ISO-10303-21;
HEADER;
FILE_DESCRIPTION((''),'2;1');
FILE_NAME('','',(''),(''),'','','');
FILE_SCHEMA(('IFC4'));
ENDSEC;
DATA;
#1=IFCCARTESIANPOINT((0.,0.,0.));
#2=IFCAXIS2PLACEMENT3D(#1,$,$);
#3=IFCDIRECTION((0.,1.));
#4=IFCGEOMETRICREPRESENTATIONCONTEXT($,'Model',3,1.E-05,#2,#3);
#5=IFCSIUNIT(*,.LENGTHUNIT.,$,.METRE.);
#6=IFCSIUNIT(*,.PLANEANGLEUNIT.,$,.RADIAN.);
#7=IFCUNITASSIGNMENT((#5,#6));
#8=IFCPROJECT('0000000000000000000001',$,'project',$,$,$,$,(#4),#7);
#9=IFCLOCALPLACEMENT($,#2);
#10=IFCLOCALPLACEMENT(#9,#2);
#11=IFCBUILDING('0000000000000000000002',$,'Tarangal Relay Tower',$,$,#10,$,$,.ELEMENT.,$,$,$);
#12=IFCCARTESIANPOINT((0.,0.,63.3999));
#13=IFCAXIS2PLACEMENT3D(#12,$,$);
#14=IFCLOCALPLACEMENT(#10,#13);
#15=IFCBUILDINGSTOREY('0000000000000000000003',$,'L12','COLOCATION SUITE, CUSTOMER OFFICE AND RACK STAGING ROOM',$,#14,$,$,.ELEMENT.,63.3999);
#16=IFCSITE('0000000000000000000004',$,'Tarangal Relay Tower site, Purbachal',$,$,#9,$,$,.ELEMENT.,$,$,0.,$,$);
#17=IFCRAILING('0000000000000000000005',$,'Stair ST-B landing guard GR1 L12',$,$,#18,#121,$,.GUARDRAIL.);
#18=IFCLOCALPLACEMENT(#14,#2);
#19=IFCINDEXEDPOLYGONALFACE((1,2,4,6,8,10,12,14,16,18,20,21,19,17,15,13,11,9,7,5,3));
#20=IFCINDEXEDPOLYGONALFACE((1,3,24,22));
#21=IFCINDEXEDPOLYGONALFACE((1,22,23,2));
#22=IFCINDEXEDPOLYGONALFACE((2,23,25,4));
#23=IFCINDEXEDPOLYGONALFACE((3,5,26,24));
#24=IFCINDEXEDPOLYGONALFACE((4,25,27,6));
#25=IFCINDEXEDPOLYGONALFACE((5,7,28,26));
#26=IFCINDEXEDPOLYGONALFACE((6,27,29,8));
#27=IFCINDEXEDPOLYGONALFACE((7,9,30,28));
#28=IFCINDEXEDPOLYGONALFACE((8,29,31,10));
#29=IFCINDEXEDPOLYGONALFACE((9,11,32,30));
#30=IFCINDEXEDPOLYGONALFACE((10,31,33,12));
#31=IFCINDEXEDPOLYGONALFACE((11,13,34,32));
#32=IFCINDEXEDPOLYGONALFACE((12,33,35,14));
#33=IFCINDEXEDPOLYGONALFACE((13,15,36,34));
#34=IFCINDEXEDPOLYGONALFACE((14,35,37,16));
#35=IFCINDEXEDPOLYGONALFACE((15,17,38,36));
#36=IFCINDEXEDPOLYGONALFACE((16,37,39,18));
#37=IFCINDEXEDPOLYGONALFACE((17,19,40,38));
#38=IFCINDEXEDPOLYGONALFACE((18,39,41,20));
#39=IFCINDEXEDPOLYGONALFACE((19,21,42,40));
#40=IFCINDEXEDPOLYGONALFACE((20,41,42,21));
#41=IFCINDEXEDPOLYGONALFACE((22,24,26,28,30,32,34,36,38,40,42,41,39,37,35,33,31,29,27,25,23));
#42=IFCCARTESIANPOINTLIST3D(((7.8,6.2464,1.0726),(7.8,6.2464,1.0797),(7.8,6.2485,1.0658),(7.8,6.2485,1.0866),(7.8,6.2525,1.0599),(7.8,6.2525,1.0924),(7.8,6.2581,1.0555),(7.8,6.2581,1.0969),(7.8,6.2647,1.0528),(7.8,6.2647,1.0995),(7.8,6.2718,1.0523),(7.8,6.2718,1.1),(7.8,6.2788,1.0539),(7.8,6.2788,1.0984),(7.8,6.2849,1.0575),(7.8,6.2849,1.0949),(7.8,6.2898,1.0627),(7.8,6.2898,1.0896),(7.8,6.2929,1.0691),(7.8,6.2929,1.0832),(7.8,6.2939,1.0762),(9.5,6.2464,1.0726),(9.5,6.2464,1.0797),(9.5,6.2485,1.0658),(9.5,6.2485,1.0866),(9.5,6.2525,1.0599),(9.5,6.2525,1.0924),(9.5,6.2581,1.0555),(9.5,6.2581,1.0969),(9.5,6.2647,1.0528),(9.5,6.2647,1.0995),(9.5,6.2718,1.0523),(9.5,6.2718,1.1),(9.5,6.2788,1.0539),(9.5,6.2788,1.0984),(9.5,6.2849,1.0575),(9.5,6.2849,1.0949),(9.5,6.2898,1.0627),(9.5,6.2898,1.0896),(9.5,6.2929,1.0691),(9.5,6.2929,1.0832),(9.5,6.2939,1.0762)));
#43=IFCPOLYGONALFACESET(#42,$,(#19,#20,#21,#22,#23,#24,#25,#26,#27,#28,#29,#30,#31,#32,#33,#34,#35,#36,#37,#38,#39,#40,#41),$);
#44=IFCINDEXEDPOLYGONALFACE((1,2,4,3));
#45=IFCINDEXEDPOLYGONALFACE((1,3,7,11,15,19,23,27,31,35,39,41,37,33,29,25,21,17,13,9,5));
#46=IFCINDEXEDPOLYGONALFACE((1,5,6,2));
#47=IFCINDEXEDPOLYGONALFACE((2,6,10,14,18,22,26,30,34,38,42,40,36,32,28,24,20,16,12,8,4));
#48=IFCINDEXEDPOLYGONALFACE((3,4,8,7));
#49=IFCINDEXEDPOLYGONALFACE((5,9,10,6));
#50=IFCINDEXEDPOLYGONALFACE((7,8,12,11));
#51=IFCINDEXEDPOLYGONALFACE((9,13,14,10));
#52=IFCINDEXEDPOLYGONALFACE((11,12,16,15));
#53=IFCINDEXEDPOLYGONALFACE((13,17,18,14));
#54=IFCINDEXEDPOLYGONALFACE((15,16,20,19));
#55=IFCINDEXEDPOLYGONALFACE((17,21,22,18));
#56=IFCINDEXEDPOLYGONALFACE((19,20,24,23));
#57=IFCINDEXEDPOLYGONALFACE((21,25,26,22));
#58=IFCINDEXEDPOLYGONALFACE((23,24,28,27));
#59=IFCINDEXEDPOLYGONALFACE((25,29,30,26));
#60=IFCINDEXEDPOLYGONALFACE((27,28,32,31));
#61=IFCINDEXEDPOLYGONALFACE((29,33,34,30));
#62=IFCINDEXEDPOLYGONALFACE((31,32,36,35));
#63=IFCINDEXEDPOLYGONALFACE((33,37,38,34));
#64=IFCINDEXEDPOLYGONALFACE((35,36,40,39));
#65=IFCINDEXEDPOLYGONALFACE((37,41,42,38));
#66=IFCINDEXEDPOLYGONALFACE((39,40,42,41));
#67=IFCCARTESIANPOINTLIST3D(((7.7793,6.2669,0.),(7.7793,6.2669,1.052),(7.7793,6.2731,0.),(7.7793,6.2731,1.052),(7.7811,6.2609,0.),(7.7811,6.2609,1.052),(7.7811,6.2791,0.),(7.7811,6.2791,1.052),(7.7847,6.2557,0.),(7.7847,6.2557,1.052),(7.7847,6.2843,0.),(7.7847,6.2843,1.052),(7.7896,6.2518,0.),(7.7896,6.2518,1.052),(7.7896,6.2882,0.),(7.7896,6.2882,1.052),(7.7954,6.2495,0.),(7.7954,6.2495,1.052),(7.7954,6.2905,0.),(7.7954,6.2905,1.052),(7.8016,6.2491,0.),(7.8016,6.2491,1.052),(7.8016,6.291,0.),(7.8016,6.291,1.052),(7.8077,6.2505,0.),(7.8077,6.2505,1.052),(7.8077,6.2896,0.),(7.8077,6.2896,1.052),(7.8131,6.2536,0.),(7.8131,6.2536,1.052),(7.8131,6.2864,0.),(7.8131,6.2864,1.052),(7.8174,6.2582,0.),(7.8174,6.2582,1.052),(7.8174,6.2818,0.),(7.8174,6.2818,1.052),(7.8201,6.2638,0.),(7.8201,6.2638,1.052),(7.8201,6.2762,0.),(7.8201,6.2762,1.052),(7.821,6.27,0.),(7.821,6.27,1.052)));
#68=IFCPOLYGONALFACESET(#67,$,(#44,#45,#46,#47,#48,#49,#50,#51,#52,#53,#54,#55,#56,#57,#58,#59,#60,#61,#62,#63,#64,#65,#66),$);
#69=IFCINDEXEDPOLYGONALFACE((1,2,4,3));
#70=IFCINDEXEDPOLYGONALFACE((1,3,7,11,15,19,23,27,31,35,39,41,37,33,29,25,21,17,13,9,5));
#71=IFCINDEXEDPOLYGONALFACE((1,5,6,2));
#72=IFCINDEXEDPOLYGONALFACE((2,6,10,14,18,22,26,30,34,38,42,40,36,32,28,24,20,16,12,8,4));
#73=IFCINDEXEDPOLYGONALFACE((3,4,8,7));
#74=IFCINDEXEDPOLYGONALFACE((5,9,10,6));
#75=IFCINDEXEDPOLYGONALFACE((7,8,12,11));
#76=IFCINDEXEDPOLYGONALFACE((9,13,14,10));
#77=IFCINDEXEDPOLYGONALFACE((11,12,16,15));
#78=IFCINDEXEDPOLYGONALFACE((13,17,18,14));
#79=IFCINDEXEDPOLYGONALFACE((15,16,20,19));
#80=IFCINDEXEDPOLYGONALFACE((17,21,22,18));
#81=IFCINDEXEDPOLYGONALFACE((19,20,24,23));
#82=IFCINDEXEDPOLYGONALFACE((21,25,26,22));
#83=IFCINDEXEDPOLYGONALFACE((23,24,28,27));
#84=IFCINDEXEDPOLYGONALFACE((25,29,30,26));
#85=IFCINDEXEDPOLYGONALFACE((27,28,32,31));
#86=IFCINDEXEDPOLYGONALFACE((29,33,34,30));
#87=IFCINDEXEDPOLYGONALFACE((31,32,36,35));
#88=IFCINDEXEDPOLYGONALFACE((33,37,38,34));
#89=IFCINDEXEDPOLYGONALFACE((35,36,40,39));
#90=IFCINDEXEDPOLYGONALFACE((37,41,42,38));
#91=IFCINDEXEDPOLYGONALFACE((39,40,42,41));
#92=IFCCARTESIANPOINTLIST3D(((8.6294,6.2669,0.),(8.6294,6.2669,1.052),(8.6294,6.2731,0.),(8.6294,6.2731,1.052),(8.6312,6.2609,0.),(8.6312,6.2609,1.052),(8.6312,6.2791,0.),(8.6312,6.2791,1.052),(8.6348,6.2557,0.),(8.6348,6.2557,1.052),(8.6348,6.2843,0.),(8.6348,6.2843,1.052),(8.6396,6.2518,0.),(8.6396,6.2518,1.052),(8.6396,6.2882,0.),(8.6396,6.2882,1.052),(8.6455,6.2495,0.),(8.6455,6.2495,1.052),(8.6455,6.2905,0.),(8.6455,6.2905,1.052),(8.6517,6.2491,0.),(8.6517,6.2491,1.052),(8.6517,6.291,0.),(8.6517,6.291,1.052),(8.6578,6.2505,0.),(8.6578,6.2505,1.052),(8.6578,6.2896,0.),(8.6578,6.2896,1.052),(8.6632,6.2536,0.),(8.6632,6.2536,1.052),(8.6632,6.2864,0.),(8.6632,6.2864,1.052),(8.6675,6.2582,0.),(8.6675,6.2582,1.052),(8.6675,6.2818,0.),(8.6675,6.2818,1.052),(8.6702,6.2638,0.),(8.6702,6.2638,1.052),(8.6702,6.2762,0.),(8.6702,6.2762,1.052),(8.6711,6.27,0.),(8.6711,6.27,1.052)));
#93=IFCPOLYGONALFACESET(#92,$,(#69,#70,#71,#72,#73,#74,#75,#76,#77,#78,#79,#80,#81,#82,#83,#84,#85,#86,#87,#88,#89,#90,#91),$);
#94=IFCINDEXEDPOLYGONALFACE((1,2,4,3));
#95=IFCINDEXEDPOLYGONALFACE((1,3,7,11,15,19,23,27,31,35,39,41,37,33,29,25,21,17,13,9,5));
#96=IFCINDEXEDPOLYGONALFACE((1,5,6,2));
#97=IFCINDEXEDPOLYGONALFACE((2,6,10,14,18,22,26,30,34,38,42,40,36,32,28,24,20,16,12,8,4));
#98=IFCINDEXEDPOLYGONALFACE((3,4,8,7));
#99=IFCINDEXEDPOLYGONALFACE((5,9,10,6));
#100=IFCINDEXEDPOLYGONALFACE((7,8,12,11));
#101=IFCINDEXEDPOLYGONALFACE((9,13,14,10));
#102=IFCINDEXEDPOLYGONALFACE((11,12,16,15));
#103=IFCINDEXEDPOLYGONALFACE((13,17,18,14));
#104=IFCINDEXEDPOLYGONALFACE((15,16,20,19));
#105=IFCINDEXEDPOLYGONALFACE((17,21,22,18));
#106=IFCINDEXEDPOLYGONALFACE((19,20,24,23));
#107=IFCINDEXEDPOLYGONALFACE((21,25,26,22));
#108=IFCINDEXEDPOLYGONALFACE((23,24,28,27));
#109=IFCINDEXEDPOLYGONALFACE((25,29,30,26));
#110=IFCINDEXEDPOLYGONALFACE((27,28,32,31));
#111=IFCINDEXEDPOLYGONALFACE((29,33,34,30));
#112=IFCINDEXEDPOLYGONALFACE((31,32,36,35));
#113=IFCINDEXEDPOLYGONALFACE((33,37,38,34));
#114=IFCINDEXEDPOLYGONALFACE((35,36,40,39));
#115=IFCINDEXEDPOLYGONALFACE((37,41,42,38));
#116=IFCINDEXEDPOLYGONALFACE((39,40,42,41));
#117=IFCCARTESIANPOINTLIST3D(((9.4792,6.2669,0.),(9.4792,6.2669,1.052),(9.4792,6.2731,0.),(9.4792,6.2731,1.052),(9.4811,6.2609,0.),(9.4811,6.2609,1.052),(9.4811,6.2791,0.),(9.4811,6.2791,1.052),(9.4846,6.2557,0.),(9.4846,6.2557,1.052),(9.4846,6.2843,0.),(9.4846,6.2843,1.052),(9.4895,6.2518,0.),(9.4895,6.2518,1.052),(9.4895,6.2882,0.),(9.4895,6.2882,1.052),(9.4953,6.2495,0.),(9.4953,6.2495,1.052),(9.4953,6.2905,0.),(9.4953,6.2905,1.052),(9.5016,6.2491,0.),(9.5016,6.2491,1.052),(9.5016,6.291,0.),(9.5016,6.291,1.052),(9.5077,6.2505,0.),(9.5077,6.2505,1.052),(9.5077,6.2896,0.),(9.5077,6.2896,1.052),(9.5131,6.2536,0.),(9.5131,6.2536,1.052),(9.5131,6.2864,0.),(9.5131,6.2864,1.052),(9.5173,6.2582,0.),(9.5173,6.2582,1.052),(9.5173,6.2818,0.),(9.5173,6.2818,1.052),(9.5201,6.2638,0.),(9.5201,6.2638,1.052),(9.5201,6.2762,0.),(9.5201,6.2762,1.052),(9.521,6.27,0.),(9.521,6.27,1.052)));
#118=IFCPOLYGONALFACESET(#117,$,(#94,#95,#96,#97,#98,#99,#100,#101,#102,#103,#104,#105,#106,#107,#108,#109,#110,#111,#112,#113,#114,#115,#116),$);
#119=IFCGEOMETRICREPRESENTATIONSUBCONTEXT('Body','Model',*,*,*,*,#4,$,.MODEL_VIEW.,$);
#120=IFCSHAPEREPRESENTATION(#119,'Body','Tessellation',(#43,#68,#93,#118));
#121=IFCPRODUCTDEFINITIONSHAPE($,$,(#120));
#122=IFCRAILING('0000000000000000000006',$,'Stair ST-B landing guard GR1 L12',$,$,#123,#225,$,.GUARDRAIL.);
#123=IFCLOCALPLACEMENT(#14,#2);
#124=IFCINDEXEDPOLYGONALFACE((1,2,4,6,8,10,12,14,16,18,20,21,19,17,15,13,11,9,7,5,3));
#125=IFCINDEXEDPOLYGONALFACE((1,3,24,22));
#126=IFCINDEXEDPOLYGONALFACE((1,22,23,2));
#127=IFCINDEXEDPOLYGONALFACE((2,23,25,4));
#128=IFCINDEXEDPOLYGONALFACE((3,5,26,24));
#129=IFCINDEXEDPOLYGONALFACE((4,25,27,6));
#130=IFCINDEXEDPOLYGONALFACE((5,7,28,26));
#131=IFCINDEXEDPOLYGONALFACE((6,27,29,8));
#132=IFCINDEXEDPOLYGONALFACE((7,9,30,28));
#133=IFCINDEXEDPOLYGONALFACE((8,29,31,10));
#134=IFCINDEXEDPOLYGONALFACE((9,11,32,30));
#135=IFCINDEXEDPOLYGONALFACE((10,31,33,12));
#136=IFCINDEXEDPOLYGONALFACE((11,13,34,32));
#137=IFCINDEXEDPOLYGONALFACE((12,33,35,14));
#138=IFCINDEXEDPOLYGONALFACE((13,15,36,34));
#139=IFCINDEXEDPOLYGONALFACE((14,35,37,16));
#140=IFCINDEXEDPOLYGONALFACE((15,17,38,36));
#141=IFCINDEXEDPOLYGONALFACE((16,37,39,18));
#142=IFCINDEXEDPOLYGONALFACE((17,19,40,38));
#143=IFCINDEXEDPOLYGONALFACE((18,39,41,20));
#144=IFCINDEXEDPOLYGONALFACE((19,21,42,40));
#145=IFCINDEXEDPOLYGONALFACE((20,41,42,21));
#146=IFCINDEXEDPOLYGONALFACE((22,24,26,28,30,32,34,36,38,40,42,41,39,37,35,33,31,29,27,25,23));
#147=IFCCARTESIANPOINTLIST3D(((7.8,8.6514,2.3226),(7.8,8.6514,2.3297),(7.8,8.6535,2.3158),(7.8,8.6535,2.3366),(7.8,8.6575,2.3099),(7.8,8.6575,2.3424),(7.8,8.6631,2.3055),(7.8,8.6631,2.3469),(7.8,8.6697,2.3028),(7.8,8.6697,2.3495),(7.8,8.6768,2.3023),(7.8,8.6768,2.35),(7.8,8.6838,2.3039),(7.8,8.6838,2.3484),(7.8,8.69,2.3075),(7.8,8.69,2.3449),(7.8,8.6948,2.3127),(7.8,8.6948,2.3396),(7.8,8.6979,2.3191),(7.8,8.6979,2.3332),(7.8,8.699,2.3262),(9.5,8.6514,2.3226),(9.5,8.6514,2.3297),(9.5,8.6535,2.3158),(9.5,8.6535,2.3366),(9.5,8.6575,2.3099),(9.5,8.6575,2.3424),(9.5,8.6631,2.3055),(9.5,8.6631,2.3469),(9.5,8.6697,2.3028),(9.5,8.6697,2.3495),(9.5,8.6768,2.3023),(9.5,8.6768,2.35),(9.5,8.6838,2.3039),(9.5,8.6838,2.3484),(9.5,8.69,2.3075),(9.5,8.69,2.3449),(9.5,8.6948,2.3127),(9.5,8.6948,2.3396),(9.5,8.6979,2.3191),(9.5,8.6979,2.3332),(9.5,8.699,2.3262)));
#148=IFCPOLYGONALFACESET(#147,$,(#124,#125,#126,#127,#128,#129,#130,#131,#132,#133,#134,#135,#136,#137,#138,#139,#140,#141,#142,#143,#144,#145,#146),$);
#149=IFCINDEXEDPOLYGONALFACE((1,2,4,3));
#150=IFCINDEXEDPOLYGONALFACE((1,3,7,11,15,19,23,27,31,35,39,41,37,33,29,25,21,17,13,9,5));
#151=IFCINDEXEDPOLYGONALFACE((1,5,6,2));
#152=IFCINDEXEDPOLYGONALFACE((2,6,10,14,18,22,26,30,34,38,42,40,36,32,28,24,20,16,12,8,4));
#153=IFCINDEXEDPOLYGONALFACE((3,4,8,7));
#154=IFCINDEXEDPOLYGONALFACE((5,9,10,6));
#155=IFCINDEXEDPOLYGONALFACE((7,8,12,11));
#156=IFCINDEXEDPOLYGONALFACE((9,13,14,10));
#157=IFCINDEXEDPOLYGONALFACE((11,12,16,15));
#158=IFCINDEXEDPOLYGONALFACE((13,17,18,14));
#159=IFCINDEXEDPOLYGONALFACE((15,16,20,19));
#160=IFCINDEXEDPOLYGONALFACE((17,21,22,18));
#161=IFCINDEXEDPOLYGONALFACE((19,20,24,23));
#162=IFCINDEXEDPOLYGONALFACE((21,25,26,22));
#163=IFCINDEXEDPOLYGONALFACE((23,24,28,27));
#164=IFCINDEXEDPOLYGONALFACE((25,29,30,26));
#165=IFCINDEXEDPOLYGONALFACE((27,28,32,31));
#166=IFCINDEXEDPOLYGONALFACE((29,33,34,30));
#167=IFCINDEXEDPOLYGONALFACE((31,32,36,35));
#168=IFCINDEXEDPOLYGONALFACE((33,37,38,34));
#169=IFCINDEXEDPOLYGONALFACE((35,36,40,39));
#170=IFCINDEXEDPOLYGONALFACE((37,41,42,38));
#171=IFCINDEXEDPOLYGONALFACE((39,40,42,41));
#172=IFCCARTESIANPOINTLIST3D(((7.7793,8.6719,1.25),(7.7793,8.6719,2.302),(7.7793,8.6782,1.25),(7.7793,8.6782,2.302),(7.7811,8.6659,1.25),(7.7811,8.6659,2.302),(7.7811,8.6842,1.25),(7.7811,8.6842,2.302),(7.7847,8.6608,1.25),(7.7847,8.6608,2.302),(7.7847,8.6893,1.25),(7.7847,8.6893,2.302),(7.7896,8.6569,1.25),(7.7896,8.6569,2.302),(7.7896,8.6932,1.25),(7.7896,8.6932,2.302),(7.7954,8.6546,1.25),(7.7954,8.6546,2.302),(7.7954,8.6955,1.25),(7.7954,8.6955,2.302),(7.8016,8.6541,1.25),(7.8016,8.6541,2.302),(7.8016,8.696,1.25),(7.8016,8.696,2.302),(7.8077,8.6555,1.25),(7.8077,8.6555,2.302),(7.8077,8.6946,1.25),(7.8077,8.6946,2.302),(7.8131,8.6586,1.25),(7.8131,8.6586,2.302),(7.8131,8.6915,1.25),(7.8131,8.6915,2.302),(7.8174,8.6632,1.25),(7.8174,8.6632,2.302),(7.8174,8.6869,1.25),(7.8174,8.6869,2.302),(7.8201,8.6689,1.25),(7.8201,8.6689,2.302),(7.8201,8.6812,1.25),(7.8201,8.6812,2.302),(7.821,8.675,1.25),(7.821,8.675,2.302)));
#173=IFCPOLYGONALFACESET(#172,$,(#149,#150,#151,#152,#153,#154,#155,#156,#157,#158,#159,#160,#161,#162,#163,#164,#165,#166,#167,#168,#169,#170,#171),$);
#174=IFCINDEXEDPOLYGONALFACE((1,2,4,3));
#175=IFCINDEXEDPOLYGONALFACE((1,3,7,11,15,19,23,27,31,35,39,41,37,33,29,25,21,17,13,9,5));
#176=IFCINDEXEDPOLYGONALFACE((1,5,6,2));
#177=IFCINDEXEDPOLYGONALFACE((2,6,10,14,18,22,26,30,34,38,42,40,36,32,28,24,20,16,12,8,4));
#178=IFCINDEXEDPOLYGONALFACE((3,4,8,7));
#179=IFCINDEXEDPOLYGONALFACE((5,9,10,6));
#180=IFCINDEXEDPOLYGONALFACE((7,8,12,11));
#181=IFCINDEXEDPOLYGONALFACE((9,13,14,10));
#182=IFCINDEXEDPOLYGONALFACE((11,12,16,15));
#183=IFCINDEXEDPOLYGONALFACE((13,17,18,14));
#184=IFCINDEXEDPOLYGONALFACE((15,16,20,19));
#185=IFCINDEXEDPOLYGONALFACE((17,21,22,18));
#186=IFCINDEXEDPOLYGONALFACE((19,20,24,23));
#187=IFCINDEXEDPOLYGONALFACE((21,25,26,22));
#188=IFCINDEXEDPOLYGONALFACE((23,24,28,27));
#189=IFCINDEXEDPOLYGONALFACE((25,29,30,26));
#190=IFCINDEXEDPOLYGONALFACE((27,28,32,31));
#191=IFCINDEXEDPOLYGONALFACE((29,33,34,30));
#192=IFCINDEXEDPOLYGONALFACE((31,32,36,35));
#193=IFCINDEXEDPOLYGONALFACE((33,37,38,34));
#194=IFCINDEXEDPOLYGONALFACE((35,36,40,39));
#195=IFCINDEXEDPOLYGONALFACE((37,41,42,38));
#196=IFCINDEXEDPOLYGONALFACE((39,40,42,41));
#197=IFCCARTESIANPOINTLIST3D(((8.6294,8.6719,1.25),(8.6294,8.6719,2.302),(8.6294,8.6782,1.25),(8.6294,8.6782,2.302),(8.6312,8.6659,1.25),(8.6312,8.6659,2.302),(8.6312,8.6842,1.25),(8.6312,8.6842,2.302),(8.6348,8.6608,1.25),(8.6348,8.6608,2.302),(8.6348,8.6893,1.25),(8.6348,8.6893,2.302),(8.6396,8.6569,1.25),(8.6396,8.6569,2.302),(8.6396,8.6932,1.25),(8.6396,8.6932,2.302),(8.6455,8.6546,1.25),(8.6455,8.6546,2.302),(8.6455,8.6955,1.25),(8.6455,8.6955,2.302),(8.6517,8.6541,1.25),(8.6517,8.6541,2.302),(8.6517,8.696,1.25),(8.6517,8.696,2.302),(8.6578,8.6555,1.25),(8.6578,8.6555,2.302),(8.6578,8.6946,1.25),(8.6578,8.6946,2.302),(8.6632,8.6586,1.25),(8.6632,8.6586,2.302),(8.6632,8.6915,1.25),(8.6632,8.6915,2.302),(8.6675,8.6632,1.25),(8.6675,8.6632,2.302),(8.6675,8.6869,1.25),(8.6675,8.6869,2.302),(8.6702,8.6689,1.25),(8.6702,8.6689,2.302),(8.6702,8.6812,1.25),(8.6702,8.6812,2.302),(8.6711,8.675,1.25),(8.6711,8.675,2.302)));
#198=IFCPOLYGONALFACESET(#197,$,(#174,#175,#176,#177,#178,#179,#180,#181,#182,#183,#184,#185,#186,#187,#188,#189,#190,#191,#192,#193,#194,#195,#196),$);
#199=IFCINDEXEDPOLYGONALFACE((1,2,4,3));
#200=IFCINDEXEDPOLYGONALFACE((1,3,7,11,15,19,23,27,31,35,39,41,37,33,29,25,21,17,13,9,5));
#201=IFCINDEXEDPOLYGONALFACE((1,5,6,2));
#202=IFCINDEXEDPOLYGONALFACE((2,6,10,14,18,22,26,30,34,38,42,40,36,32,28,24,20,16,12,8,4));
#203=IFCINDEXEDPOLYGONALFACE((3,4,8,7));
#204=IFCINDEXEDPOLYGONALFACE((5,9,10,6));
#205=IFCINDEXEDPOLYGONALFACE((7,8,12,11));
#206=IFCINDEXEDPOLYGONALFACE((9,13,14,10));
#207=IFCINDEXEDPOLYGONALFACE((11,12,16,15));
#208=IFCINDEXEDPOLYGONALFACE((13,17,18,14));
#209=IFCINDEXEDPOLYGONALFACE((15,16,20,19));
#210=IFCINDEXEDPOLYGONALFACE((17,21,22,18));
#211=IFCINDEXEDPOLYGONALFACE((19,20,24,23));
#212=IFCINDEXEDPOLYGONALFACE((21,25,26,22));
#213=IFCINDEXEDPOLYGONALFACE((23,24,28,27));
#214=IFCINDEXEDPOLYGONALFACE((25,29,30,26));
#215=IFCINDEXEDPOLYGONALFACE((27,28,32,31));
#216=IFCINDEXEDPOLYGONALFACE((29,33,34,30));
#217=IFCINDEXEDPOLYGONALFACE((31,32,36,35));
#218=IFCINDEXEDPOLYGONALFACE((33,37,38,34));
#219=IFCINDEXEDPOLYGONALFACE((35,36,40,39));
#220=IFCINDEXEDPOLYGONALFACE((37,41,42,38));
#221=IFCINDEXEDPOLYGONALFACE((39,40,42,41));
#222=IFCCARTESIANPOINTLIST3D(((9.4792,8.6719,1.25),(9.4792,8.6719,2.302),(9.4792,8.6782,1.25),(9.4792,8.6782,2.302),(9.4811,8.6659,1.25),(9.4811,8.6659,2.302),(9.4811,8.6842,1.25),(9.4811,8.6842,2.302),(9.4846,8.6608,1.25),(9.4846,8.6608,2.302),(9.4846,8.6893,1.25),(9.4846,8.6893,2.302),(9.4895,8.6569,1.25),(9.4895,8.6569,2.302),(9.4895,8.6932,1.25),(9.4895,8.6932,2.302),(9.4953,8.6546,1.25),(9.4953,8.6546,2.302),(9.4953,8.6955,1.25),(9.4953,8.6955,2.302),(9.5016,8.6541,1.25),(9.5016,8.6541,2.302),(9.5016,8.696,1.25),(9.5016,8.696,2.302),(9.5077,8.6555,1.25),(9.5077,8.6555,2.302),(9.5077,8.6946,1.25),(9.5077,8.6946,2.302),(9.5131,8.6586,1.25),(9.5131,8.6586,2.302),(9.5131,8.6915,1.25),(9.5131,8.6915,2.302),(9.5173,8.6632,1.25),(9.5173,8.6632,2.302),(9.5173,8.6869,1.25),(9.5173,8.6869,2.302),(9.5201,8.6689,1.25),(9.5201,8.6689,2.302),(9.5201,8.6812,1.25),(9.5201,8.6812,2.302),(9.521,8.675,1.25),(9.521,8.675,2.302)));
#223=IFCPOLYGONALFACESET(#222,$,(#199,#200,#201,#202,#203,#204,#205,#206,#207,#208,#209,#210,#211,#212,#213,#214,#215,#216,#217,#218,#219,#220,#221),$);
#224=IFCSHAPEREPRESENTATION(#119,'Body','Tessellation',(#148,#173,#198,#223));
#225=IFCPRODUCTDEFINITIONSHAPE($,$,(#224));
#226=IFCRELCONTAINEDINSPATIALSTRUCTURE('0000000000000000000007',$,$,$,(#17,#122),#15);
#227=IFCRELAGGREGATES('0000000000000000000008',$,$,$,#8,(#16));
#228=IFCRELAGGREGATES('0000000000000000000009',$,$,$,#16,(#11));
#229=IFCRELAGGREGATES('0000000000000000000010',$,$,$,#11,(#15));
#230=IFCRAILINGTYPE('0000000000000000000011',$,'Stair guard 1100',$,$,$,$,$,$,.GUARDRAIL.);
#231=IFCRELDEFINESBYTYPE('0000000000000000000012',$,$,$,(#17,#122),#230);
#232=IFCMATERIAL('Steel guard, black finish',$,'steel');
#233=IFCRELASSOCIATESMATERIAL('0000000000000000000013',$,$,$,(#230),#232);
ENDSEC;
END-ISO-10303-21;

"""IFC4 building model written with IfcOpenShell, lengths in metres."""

from ifc_helpers import new_model, si_unit, direction, frame, origin, origin_2d, place, context, subcontext, project, spatial, circle, extrude, material, type_object, element, save


model = new_model("IFC4")

# Units and contexts
model_context = context("Model", 3, precision=1e-05, world=origin(), true_north=direction((0.0, 1.0)))
body_context = subcontext(model_context, "Body", "Model", "MODEL_VIEW")
ifc_project = project(units=[si_unit("LENGTHUNIT", "METRE"), si_unit("PLANEANGLEUNIT", "RADIAN")], contexts=[model_context])

# Site, building, storey
site_placement = place(None, origin())
site = spatial("IfcSite", under=ifc_project, at=site_placement, Name="Tarangal Relay Tower site, Purbachal", CompositionType="ELEMENT", RefElevation=0.0)
building_placement = place(site_placement, origin())
building = spatial("IfcBuilding", under=site, at=building_placement, Name="Tarangal Relay Tower", CompositionType="ELEMENT")
storey_placement = place(building_placement, frame((0.0, 0.0, 63.3999)))
storey = spatial("IfcBuildingStorey", under=building, at=storey_placement, Name="L12", Description="COLOCATION SUITE, CUSTOMER OFFICE AND RACK STAGING ROOM", CompositionType="ELEMENT", Elevation=63.3999)

# Railings
ifc_material_1 = material(Name="Steel guard, black finish", Category="steel")
railing_type_1 = type_object("IfcRailingType", Name="Stair guard 1100", PredefinedType="GUARDRAIL", material=ifc_material_1)
for number, where, name in (
    (1, (7.8, 6.27, 0.0), "Stair ST-B landing guard GR1 L12"),
    (2, (7.8, 8.675, 1.25), "Stair ST-B landing guard GR1 L12"),
):
    element("IfcRailing", number, at=place(storey_placement, frame(where)), inside=storey, type_object=railing_type_1, Name=name, PredefinedType="GUARDRAIL", context=body_context, shape_type="SweptSolid", body=[
        extrude(circle(Radius=0.0239, at=origin_2d()), frame((0.0, 0.0, 1.0762), z_axis=(1.0, 0.0, 0.0), x_axis=(0.0, 1.0, 0.0)), (0.0, 0.0, 1.0), 1.7),
        extrude(circle(Radius=0.021, at=origin_2d()), origin(), (0.0, 0.0, 1.0), 1.052),
        extrude(circle(Radius=0.021, at=origin_2d()), frame((0.8501, 0.0, 0.0)), (0.0, 0.0, 1.0), 1.052),
        extrude(circle(Radius=0.021, at=origin_2d()), frame((1.7, 0.0, 0.0)), (0.0, 0.0, 1.0), 1.052),
    ])

save(model, "model.ifc")
